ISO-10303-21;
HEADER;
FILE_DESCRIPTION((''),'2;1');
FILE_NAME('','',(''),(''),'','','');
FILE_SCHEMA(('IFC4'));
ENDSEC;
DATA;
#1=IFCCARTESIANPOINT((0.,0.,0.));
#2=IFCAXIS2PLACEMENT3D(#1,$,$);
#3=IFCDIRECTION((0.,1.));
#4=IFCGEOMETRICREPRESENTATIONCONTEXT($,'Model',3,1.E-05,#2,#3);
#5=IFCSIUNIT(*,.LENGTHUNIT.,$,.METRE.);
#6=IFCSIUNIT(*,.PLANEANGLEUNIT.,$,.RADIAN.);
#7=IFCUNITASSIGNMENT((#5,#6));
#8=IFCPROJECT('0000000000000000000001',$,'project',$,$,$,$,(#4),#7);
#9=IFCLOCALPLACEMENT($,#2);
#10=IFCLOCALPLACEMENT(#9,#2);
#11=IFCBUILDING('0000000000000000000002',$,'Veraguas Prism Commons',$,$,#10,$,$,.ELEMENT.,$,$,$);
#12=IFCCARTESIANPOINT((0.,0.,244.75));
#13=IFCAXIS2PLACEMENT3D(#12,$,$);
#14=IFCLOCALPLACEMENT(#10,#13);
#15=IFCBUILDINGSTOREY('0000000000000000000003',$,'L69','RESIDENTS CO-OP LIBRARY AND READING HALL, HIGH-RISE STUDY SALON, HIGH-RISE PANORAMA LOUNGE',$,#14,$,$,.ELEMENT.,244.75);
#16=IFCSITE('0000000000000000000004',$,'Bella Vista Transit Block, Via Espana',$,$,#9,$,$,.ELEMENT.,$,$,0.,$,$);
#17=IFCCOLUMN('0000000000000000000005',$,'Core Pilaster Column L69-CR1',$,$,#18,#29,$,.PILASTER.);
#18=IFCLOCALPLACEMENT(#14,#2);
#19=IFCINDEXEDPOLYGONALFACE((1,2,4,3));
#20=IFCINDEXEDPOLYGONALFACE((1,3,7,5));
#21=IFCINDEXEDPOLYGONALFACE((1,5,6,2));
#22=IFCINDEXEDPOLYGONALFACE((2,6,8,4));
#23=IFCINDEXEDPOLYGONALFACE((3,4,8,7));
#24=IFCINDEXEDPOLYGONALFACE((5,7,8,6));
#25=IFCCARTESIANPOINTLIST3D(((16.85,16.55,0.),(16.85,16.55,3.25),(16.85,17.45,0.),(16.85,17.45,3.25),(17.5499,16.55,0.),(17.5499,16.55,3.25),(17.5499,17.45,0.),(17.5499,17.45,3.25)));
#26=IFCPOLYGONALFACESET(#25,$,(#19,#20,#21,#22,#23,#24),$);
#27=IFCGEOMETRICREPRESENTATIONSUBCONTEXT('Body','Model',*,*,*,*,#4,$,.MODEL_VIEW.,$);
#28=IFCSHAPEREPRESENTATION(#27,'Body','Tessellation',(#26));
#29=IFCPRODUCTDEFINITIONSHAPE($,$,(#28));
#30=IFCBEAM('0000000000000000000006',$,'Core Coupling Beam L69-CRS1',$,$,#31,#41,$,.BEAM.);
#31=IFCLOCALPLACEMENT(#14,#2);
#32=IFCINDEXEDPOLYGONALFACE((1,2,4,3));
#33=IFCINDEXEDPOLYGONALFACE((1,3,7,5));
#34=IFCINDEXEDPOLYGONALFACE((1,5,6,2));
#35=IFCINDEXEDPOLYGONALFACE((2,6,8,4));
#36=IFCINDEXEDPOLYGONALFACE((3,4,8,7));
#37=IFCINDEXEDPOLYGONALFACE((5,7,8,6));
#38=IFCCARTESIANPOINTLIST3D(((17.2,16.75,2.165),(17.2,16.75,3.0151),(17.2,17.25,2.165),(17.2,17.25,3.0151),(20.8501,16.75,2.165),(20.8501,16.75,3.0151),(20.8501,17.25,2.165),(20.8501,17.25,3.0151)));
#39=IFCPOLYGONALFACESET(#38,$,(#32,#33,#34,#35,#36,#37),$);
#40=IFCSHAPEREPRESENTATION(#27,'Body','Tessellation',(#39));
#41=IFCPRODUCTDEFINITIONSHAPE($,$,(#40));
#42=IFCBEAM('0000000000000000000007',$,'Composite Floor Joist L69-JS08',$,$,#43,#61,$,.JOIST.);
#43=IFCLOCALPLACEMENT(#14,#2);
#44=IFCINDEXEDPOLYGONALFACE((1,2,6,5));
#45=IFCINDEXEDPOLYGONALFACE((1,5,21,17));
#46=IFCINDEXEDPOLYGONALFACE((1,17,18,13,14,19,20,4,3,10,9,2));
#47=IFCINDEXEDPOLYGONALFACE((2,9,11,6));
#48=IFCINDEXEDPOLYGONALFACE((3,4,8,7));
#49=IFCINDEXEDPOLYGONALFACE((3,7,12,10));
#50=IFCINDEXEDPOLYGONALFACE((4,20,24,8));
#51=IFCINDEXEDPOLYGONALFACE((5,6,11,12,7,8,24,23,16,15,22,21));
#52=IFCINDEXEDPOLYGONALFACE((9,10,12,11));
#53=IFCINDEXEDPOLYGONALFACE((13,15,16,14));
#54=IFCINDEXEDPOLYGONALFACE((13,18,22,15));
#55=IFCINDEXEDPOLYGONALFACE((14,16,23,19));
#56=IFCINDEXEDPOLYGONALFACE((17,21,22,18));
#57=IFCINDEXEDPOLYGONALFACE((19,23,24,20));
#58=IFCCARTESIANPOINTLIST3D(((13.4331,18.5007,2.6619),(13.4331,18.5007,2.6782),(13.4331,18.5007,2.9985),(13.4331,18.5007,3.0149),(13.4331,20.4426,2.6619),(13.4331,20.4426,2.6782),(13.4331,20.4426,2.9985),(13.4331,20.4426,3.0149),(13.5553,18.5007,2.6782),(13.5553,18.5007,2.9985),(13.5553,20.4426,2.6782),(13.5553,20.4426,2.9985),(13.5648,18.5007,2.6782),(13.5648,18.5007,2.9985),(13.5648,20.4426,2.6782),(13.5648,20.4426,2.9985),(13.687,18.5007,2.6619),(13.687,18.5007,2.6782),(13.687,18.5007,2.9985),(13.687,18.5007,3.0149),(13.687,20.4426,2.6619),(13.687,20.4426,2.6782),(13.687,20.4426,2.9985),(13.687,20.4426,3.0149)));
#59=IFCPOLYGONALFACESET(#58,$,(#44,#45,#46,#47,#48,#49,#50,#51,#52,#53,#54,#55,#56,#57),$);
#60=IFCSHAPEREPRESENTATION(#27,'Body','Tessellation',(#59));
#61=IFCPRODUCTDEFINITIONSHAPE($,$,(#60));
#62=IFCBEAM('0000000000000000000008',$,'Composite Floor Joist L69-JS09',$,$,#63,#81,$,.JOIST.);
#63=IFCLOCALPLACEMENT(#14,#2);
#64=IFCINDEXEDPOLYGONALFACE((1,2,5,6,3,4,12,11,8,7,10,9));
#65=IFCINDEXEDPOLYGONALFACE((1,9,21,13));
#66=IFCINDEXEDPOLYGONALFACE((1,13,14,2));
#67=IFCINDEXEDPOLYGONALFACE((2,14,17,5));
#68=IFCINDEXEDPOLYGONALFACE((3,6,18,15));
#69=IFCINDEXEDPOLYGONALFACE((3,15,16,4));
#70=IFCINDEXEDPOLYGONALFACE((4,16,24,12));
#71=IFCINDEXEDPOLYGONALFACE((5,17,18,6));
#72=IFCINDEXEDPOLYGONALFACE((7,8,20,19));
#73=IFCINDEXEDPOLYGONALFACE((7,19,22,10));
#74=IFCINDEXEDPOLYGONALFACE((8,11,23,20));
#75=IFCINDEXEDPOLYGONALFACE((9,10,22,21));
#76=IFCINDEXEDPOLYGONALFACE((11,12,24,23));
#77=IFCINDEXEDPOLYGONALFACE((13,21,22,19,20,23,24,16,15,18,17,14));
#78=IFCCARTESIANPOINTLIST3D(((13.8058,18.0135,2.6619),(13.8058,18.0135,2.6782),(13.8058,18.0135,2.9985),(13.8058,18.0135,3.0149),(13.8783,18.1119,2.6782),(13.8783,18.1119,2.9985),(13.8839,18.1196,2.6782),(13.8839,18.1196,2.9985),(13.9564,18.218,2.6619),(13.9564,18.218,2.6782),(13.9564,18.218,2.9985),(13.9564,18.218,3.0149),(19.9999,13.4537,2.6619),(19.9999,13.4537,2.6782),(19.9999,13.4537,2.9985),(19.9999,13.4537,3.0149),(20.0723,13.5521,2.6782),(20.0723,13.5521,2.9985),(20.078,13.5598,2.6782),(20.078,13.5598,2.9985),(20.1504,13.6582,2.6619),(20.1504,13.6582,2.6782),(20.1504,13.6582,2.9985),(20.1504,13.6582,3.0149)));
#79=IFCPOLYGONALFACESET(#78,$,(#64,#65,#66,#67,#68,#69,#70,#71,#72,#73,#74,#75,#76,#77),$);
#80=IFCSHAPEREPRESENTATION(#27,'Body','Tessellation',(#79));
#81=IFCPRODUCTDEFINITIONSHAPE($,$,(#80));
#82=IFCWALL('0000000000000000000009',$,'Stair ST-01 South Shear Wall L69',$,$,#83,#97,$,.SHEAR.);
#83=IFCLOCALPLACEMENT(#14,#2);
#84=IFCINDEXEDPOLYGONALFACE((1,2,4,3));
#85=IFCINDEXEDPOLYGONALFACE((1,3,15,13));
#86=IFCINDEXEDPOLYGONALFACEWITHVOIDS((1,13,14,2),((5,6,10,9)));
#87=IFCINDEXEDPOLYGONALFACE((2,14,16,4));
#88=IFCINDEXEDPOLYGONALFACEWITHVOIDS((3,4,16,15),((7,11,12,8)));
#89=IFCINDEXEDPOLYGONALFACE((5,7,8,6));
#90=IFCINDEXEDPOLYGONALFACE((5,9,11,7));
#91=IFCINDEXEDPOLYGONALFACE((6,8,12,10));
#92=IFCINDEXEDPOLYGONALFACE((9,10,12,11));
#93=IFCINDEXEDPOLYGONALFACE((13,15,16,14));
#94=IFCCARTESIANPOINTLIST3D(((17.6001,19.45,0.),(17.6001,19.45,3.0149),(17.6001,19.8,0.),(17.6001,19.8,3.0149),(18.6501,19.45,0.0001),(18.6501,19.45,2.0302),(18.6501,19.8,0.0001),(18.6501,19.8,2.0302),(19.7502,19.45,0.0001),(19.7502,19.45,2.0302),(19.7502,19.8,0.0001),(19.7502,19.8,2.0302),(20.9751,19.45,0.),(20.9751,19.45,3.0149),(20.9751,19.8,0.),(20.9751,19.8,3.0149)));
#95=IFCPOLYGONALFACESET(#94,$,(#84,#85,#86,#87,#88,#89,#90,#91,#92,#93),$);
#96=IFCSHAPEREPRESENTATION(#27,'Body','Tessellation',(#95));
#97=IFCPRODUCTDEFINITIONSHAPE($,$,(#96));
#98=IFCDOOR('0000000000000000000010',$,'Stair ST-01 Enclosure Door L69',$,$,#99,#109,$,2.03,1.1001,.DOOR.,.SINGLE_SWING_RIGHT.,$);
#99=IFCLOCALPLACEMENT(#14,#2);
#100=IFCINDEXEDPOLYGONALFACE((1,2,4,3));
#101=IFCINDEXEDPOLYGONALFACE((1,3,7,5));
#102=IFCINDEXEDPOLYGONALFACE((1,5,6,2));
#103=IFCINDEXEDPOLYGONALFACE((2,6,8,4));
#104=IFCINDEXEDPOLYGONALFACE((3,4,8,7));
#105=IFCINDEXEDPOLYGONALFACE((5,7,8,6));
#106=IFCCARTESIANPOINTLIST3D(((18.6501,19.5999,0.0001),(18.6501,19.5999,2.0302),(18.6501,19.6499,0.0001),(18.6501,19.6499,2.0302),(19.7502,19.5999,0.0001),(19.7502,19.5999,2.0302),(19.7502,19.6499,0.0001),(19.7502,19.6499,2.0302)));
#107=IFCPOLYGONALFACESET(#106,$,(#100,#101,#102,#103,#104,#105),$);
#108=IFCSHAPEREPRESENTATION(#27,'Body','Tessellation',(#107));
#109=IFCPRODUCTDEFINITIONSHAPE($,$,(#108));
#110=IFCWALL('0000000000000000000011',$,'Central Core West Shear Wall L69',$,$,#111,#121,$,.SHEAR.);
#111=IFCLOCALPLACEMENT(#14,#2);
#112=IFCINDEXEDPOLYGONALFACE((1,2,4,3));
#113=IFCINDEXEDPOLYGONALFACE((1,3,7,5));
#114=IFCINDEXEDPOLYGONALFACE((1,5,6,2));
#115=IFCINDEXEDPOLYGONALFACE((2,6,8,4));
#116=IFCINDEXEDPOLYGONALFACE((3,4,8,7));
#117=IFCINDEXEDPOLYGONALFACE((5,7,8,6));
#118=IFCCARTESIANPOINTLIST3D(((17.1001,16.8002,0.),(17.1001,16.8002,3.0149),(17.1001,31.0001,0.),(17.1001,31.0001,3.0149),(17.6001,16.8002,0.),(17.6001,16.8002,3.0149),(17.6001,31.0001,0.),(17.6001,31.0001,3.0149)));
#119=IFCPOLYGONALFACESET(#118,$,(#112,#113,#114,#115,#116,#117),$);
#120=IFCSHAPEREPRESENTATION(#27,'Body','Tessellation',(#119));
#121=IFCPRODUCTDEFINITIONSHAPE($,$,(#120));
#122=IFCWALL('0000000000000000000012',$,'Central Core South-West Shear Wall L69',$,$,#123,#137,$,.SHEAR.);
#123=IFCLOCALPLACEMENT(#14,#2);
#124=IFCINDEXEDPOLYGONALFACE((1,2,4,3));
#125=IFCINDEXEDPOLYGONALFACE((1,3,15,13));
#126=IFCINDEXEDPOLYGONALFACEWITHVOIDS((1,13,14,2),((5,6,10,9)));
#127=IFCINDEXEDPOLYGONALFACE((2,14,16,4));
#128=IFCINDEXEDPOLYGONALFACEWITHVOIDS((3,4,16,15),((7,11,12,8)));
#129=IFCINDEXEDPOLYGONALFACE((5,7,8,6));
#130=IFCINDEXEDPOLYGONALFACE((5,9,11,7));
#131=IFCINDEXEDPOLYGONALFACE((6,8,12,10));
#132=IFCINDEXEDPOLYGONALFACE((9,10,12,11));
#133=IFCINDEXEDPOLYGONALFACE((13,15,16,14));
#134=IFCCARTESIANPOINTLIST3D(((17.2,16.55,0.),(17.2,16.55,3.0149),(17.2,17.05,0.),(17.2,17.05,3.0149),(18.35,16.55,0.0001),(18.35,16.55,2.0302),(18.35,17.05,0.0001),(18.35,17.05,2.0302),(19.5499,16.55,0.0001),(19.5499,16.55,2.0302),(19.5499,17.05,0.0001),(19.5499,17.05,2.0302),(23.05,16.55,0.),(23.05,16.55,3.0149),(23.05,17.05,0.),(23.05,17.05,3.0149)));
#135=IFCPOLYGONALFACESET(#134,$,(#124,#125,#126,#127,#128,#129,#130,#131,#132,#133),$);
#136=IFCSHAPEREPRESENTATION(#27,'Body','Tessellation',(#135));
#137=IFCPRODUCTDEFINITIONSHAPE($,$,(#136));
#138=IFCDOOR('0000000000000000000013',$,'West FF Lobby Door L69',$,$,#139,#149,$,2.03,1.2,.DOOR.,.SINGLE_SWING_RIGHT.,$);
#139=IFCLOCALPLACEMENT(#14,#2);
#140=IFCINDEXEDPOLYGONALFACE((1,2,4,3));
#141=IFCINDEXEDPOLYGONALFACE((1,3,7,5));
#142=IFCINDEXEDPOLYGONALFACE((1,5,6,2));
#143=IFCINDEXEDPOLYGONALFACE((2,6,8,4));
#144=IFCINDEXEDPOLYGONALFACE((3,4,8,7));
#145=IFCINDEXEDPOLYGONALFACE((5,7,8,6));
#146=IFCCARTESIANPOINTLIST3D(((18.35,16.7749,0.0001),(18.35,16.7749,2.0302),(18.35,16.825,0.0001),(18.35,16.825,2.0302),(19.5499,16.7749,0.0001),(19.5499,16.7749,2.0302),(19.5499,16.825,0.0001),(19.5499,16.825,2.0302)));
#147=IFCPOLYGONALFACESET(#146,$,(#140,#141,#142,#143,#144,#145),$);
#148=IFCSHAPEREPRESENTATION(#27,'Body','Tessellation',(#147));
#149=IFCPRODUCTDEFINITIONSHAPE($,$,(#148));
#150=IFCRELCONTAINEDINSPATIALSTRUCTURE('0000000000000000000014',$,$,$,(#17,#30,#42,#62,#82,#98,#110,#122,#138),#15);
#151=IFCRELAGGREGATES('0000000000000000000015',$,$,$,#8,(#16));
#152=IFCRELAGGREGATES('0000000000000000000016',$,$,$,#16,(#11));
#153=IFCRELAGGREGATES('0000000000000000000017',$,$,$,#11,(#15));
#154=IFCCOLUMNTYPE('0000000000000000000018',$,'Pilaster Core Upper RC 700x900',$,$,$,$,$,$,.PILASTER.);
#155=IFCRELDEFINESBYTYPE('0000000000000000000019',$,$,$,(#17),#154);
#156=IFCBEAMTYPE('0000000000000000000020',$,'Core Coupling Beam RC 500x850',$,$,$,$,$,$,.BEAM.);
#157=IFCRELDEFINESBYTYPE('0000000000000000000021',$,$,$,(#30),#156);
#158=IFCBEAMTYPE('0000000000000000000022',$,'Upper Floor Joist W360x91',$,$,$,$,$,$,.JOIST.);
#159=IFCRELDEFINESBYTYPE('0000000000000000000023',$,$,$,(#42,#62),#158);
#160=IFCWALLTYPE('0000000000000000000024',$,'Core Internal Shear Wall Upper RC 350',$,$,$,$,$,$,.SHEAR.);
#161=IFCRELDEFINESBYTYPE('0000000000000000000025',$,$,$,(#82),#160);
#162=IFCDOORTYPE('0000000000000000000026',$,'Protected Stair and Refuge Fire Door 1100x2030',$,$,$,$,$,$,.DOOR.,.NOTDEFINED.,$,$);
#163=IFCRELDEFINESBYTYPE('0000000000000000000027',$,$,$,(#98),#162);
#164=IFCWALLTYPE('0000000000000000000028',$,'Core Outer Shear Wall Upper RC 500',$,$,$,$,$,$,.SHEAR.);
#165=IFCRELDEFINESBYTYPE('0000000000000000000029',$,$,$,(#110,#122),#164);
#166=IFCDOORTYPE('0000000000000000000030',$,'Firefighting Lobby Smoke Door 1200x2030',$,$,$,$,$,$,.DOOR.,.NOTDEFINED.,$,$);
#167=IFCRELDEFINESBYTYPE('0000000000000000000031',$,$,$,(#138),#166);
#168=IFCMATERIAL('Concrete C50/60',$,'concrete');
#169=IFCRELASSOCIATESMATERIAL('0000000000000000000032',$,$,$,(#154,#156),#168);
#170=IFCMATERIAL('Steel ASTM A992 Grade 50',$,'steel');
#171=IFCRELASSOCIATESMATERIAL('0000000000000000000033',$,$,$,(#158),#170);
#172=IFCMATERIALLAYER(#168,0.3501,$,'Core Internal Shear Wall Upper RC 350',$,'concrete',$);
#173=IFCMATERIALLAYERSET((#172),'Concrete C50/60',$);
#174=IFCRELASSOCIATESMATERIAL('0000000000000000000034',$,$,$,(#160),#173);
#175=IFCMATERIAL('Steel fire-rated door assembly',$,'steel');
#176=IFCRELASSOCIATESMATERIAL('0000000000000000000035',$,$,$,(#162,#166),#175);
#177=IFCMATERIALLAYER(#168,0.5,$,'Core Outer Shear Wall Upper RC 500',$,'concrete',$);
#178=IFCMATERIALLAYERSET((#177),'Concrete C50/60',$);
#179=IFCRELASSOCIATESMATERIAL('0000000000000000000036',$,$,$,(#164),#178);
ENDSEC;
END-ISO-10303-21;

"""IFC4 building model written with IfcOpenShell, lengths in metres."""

from ifc_helpers import new_model, si_unit, direction, frame, frame_2d, origin, origin_2d, place, context, subcontext, project, spatial, rectangle, i_section, extrude, source, transform, mapped, material, layer, layer_set, material_profile, profile_set, type_object, element, fill, save


model = new_model("IFC4")

# Units and contexts
model_context = context("Model", 3, precision=1e-05, world=origin(), true_north=direction((0.0, 1.0)))
body_context = subcontext(model_context, "Body", "Model", "MODEL_VIEW")
ifc_project = project(units=[si_unit("LENGTHUNIT", "METRE"), si_unit("PLANEANGLEUNIT", "RADIAN")], contexts=[model_context])

# Site, building, storey
site_placement = place(None, origin())
site = spatial("IfcSite", under=ifc_project, at=site_placement, Name="Bella Vista Transit Block, Via Espana", CompositionType="ELEMENT", RefElevation=0.0)
building_placement = place(site_placement, origin())
building = spatial("IfcBuilding", under=site, at=building_placement, Name="Veraguas Prism Commons", CompositionType="ELEMENT")
storey_placement = place(building_placement, frame((0.0, 0.0, 244.75)))
storey = spatial("IfcBuildingStorey", under=building, at=storey_placement, Name="L69", Description="RESIDENTS CO-OP LIBRARY AND READING HALL, HIGH-RISE STUDY SALON, HIGH-RISE PANORAMA LOUNGE", CompositionType="ELEMENT", Elevation=244.75)

# Column
ifc_material_1 = material(Name="Concrete C50/60", Category="concrete")
ifc_material_profile_1 = material_profile(ifc_material_1, rectangle(XDim=0.7, YDim=0.8999, at=origin_2d()), Name="RC700X900")
ifc_profile_set_1 = profile_set([ifc_material_profile_1], Name="Concrete C50/60")
column_type = type_object("IfcColumnType", Name="Pilaster Core Upper RC 700x900", PredefinedType="PILASTER", material=ifc_profile_set_1)
column_placement = place(storey_placement, frame((17.2, 17.0, 0.0), z_axis=(0.0, 0.0, 1.0), x_axis=(1.0, 0.0, 0.0)))
element("IfcColumn", 1, at=column_placement, inside=storey, type_object=column_type, Name="Core Pilaster Column L69-CR1", PredefinedType="PILASTER", context=body_context, shape_type="SweptSolid", body=[
    extrude(rectangle(XDim=0.7, YDim=0.8999, at=origin_2d()), origin(), (0.0, 0.0, 1.0), 3.25),
])

# Beams
ifc_material_profile_2 = material_profile(ifc_material_1, rectangle(XDim=0.5, YDim=0.8501, at=origin_2d()), Name="RC500X850")
ifc_profile_set_2 = profile_set([ifc_material_profile_2], Name="Concrete C50/60")
beam_type_1 = type_object("IfcBeamType", Name="Core Coupling Beam RC 500x850", PredefinedType="BEAM", material=ifc_profile_set_2)
beam_1_placement = place(storey_placement, frame((17.2, 17.0, 2.5901), z_axis=(1.0, 0.0, 0.0), x_axis=(0.0, 1.0, 0.0)))
element("IfcBeam", 2, at=beam_1_placement, inside=storey, type_object=beam_type_1, Name="Core Coupling Beam L69-CRS1", PredefinedType="BEAM", context=body_context, shape_type="SweptSolid", body=[
    extrude(rectangle(XDim=0.5, YDim=0.8501, at=origin_2d()), origin(), (0.0, 0.0, 1.0), 3.6501),
])
ifc_material_2 = material(Name="Steel ASTM A992 Grade 50", Category="steel")
ifc_material_profile_3 = material_profile(ifc_material_2, i_section(OverallWidth=0.2539, OverallDepth=0.353, WebThickness=0.0095, FlangeThickness=0.0164, at=origin_2d()), Name="W360X91")
ifc_profile_set_3 = profile_set([ifc_material_profile_3], Name="Steel ASTM A992 Grade 50")
beam_type_2 = type_object("IfcBeamType", Name="Upper Floor Joist W360x91", PredefinedType="JOIST", material=ifc_profile_set_3)
beam_2_placement = place(storey_placement, frame((13.5601, 20.4426, 2.8384), z_axis=(0.0, -1.0, 0.0), x_axis=(1.0, 0.0, 0.0)))
element("IfcBeam", 3, at=beam_2_placement, inside=storey, type_object=beam_type_2, Name="Composite Floor Joist L69-JS08", PredefinedType="JOIST", context=body_context, shape_type="SweptSolid", body=[
    extrude(i_section(OverallWidth=0.2539, OverallDepth=0.353, WebThickness=0.0095, FlangeThickness=0.0164, at=origin_2d()), origin(), (0.0, 0.0, 1.0), 1.9419),
])
beam_3_placement = place(storey_placement, frame((13.8811, 18.1157, 2.8384), z_axis=(0.80532, -0.592841, 0.0), x_axis=(0.592841, 0.80532, 0.0)))
element("IfcBeam", 4, at=beam_3_placement, inside=storey, type_object=beam_type_2, Name="Composite Floor Joist L69-JS09", PredefinedType="JOIST", context=body_context, shape_type="SweptSolid", body=[
    extrude(i_section(OverallWidth=0.2539, OverallDepth=0.353, WebThickness=0.0095, FlangeThickness=0.0164, at=origin_2d()), origin(), (0.0, 0.0, 1.0), 7.6914),
])

# Wall, opening, door
ifc_layer_1 = layer(ifc_material_1, 0.3501, Name="Core Internal Shear Wall Upper RC 350", Category="concrete")
ifc_layer_set_1 = layer_set([ifc_layer_1], Name="Concrete C50/60")
wall_type_1 = type_object("IfcWallType", Name="Core Internal Shear Wall Upper RC 350", PredefinedType="SHEAR", material=ifc_layer_set_1)
wall_1_placement = place(storey_placement, frame((17.6001, 19.625, 0.0), z_axis=(0.0, 0.0, 1.0), x_axis=(1.0, 0.0, 0.0)))
wall_1 = element("IfcWall", 5, at=wall_1_placement, inside=storey, type_object=wall_type_1, Name="Stair ST-01 South Shear Wall L69", PredefinedType="SHEAR", context=body_context, shape_type="SweptSolid", body=[
    extrude(rectangle(XDim=3.375, YDim=0.3501, at=frame_2d((1.6875, 0.0))), origin(), (0.0, 0.0, 1.0), 3.0149),
])
opening_1_placement = place(wall_1_placement, frame((1.05, 0.0, 0.0)))
opening_1 = element("IfcOpeningElement", 6, at=opening_1_placement, cuts=wall_1, PredefinedType="OPENING", context=body_context, shape_type="SweptSolid", body=[
    extrude(rectangle(XDim=1.1001, YDim=2.03, at=frame_2d((0.55, 1.0151))), frame((0.0, 0.1851, 0.0), z_axis=(0.0, -1.0, 0.0), x_axis=(1.0, 0.0, 0.0)), (0.0, 0.0, 1.0), 0.3701),
])
ifc_material_3 = material(Name="Steel fire-rated door assembly", Category="steel")
door_type_1 = type_object("IfcDoorType", Name="Protected Stair and Refuge Fire Door 1100x2030", OperationType="NOTDEFINED", PredefinedType="DOOR", material=ifc_material_3)
shared_shape_1 = source(origin(), body_context, "Body", "SweptSolid", [
    extrude(rectangle(XDim=1.1001, YDim=2.03, at=frame_2d((0.55, 1.0151))), frame((0.0, 0.0249, 0.0), z_axis=(0.0, -1.0, 0.0), x_axis=(1.0, 0.0, 0.0)), (0.0, 0.0, 1.0), 0.05),
])
door_1_placement = place(opening_1_placement, origin())
door_1 = element("IfcDoor", 7, at=door_1_placement, inside=storey, type_object=door_type_1, Name="Stair ST-01 Enclosure Door L69", OperationType="SINGLE_SWING_RIGHT", OverallHeight=2.03, OverallWidth=1.1001, PredefinedType="DOOR", context=body_context, shape_type="MappedRepresentation", body=[
    mapped(shared_shape_1, transform((0.0, 0.0, 0.0), scale=1.0)),
])
fill(opening_1, door_1)

# Wall
ifc_layer_2 = layer(ifc_material_1, 0.5, Name="Core Outer Shear Wall Upper RC 500", Category="concrete")
ifc_layer_set_2 = layer_set([ifc_layer_2], Name="Concrete C50/60")
wall_type_2 = type_object("IfcWallType", Name="Core Outer Shear Wall Upper RC 500", PredefinedType="SHEAR", material=ifc_layer_set_2)
wall_2_placement = place(storey_placement, frame((17.3501, 16.8, 0.0), z_axis=(0.0, 0.0, 1.0), x_axis=(0.0, 1.0, 0.0)))
element("IfcWall", 8, at=wall_2_placement, inside=storey, type_object=wall_type_2, Name="Central Core West Shear Wall L69", PredefinedType="SHEAR", context=body_context, shape_type="SweptSolid", body=[
    extrude(rectangle(XDim=14.2, YDim=0.5, at=frame_2d((7.1001, 0.0))), origin(), (0.0, 0.0, 1.0), 3.0149),
])

# Wall, opening, door
wall_3_placement = place(storey_placement, frame((17.2, 16.8, 0.0), z_axis=(0.0, 0.0, 1.0), x_axis=(1.0, 0.0, 0.0)))
wall_3 = element("IfcWall", 9, at=wall_3_placement, inside=storey, type_object=wall_type_2, Name="Central Core South-West Shear Wall L69", PredefinedType="SHEAR", context=body_context, shape_type="SweptSolid", body=[
    extrude(rectangle(XDim=5.8501, YDim=0.5, at=frame_2d((2.925, 0.0))), origin(), (0.0, 0.0, 1.0), 3.0149),
])
opening_2_placement = place(wall_3_placement, frame((1.1499, 0.0, 0.0)))
opening_2 = element("IfcOpeningElement", 10, at=opening_2_placement, cuts=wall_3, PredefinedType="OPENING", context=body_context, shape_type="SweptSolid", body=[
    extrude(rectangle(XDim=1.2, YDim=2.03, at=frame_2d((0.6001, 1.0151))), frame((0.0, 0.26, 0.0), z_axis=(0.0, -1.0, 0.0), x_axis=(1.0, 0.0, 0.0)), (0.0, 0.0, 1.0), 0.52),
])
door_type_2 = type_object("IfcDoorType", Name="Firefighting Lobby Smoke Door 1200x2030", OperationType="NOTDEFINED", PredefinedType="DOOR", material=ifc_material_3)
shared_shape_2 = source(origin(), body_context, "Body", "SweptSolid", [
    extrude(rectangle(XDim=1.2, YDim=2.03, at=frame_2d((0.6001, 1.0151))), frame((0.0, 0.0249, 0.0), z_axis=(0.0, -1.0, 0.0), x_axis=(1.0, 0.0, 0.0)), (0.0, 0.0, 1.0), 0.05),
])
door_2_placement = place(opening_2_placement, origin())
door_2 = element("IfcDoor", 11, at=door_2_placement, inside=storey, type_object=door_type_2, Name="West FF Lobby Door L69", OperationType="SINGLE_SWING_RIGHT", OverallHeight=2.03, OverallWidth=1.2, PredefinedType="DOOR", context=body_context, shape_type="MappedRepresentation", body=[
    mapped(shared_shape_2, transform((0.0, 0.0, 0.0), scale=1.0)),
])
fill(opening_2, door_2)

save(model, "model.ifc")
